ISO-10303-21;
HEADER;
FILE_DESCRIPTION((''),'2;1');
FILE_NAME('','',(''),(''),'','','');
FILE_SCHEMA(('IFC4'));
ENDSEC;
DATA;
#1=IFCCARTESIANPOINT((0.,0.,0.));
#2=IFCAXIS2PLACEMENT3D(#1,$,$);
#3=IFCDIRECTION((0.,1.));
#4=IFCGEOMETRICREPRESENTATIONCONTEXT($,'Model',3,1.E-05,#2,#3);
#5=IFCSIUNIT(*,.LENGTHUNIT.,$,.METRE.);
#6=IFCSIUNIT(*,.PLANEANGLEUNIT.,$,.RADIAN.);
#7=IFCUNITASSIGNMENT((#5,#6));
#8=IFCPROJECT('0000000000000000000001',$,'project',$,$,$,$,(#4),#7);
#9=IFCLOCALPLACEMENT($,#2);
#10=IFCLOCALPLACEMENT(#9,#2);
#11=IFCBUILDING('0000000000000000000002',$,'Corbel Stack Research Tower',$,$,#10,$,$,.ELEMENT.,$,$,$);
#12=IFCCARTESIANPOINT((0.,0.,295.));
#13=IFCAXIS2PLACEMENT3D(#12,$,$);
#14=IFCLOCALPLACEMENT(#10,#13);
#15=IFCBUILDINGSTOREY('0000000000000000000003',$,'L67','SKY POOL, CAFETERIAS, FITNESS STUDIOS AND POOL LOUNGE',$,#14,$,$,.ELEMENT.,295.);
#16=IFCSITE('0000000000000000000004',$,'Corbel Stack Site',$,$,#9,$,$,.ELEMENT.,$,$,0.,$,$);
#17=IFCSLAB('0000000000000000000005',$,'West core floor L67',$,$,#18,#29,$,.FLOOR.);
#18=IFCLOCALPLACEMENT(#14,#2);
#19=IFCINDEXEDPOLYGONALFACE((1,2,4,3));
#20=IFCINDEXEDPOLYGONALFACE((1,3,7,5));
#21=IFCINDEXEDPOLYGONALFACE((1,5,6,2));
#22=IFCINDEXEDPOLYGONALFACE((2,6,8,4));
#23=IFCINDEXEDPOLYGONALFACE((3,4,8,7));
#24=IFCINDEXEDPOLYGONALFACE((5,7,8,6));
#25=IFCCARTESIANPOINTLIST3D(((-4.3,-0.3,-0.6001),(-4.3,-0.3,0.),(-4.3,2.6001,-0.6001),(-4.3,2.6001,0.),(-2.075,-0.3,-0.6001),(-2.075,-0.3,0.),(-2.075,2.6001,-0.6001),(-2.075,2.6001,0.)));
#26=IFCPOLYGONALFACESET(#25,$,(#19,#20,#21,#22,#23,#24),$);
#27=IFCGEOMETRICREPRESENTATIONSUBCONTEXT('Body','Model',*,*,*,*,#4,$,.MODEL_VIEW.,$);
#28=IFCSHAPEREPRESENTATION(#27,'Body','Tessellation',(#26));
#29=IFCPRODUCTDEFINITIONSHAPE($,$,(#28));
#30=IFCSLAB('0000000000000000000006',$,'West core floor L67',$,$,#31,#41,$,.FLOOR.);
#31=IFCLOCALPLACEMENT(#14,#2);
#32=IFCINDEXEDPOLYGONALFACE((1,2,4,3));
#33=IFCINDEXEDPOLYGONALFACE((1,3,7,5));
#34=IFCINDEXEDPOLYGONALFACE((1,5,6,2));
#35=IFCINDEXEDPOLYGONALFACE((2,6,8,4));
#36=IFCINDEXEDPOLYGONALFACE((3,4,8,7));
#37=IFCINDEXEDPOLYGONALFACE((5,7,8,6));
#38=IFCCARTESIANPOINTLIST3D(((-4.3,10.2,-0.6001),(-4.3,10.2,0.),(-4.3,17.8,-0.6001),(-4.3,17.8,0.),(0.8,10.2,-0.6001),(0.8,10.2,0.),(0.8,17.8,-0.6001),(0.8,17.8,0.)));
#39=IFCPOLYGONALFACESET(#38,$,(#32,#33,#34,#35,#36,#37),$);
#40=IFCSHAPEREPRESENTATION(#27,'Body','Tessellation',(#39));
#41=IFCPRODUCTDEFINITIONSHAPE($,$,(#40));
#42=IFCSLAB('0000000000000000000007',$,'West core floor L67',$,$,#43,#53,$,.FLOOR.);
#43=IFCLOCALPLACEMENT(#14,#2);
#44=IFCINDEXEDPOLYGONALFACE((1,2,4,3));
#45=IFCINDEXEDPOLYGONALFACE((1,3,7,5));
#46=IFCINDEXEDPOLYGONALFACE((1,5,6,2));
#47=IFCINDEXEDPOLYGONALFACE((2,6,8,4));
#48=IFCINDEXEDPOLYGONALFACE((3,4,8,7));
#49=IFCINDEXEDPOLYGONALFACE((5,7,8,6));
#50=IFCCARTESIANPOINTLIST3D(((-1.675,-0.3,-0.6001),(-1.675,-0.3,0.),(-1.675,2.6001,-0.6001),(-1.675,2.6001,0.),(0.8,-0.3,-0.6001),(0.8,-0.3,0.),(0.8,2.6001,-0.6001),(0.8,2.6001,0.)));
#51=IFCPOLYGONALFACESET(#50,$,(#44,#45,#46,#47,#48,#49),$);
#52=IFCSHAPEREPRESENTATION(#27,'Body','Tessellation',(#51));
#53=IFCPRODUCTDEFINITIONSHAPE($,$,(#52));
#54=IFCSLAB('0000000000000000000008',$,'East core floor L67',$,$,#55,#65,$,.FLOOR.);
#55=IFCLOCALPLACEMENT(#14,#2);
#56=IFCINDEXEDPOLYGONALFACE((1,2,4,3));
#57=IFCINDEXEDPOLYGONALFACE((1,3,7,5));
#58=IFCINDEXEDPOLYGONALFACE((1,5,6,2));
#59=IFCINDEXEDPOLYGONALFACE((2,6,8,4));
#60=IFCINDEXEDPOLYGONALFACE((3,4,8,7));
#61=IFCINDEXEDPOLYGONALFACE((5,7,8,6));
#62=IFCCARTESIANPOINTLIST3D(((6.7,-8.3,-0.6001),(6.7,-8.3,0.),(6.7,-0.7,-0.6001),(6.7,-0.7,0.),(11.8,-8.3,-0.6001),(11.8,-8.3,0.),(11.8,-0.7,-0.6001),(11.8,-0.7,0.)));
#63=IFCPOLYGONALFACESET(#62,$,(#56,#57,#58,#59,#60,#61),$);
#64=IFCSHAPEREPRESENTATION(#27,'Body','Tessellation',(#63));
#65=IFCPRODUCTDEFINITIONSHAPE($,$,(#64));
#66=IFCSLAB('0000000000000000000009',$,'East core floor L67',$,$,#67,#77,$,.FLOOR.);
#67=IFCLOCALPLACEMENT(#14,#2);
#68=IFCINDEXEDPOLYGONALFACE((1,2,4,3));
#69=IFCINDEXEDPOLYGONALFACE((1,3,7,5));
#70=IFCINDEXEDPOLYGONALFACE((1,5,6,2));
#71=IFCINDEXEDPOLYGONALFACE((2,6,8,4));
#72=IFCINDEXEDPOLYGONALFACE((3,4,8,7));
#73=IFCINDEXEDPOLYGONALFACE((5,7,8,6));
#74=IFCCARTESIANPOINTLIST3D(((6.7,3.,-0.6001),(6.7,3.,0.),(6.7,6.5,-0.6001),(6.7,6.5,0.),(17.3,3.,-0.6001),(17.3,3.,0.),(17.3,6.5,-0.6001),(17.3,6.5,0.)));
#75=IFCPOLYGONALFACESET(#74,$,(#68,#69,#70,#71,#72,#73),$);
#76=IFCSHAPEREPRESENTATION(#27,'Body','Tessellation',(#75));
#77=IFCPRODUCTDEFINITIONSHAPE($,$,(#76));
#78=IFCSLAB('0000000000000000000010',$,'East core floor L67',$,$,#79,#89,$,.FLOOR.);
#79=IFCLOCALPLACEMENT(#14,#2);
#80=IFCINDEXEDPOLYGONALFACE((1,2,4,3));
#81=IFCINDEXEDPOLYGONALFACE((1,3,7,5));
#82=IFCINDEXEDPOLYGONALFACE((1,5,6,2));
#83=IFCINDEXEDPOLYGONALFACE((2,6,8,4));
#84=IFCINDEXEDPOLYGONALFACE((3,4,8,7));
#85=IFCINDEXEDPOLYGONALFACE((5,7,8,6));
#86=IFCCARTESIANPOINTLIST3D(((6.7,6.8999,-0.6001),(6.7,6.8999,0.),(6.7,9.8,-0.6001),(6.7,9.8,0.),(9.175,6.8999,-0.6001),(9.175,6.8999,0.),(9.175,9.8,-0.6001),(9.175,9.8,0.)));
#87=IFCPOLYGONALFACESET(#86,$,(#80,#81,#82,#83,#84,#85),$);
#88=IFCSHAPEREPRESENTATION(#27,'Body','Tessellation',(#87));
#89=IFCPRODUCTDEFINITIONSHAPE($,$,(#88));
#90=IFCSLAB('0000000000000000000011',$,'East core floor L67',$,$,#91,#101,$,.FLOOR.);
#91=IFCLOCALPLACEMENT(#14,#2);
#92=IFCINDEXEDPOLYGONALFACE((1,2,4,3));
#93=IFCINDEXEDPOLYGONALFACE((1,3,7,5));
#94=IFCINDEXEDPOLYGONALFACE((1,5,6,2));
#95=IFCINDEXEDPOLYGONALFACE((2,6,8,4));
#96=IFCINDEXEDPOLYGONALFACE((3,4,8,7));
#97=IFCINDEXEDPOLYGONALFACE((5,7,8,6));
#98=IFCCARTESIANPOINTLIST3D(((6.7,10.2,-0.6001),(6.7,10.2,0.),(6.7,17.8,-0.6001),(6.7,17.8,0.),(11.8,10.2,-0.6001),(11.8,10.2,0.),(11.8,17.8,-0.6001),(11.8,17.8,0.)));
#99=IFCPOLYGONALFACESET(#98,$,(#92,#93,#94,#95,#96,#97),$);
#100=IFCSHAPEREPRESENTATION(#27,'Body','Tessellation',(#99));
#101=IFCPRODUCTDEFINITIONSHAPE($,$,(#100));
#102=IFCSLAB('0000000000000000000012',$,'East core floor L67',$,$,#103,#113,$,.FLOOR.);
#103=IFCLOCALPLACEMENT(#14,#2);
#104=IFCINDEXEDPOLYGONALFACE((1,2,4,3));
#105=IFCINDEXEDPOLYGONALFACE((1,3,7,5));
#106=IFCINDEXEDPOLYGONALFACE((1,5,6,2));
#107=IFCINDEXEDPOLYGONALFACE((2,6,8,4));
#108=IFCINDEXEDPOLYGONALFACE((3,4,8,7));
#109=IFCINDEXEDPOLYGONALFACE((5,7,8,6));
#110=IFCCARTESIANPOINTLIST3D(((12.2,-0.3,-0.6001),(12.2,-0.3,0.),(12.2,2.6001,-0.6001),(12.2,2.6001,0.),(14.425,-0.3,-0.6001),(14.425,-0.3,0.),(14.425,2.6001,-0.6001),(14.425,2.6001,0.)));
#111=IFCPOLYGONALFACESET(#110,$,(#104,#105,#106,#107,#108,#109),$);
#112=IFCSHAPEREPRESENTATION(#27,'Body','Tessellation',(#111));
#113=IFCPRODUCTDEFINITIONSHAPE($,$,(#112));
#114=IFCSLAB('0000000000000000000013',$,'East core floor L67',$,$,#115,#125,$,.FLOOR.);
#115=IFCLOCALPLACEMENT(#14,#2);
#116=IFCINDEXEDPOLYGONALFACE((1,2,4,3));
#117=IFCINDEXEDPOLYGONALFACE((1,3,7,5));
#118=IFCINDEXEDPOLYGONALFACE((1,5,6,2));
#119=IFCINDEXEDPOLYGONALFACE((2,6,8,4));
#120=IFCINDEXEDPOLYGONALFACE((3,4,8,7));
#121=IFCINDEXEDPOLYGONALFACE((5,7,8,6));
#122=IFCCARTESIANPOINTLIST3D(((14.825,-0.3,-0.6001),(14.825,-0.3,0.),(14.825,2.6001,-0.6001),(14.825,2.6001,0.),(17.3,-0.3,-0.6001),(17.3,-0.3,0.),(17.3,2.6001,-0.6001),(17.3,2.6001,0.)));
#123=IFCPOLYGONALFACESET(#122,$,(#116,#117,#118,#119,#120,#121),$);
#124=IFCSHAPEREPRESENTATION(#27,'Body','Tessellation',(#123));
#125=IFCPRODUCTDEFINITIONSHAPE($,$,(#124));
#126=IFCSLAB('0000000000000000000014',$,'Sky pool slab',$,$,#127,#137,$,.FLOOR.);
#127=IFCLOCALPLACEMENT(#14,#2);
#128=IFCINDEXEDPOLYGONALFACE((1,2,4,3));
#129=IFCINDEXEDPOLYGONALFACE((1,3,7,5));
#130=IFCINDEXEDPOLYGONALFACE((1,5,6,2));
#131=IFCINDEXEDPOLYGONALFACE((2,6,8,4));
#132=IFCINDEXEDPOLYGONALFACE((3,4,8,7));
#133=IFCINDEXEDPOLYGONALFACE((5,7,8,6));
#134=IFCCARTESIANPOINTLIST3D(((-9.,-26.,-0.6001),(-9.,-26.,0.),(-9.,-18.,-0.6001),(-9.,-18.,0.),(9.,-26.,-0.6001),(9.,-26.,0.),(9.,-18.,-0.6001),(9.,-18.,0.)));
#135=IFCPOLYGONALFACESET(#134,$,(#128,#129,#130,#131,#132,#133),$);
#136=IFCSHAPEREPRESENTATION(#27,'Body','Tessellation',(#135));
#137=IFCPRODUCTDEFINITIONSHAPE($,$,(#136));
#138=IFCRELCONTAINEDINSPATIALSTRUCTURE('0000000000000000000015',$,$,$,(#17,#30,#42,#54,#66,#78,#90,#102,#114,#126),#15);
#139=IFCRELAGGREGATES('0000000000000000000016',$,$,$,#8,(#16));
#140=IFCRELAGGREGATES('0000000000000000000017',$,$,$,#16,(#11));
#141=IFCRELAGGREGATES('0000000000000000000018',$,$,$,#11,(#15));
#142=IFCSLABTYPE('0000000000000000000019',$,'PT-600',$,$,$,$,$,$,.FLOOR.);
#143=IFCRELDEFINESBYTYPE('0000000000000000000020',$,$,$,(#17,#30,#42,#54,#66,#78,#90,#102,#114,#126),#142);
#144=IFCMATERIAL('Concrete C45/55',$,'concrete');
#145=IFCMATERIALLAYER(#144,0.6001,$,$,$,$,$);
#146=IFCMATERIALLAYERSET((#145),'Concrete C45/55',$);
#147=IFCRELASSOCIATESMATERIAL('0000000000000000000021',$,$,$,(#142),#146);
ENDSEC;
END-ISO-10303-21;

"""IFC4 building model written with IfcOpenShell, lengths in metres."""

from ifc_helpers import new_model, si_unit, direction, frame, origin, place, context, subcontext, project, spatial, polyline, outline, extrude, material, layer, layer_set, type_object, element, save


model = new_model("IFC4")

# Units and contexts
model_context = context("Model", 3, precision=1e-05, world=origin(), true_north=direction((0.0, 1.0)))
body_context = subcontext(model_context, "Body", "Model", "MODEL_VIEW")
ifc_project = project(units=[si_unit("LENGTHUNIT", "METRE"), si_unit("PLANEANGLEUNIT", "RADIAN")], contexts=[model_context])

# Site, building, storey
site_placement = place(None, origin())
site = spatial("IfcSite", under=ifc_project, at=site_placement, Name="Corbel Stack Site", CompositionType="ELEMENT", RefElevation=0.0)
building_placement = place(site_placement, origin())
building = spatial("IfcBuilding", under=site, at=building_placement, Name="Corbel Stack Research Tower", CompositionType="ELEMENT")
storey_placement = place(building_placement, frame((0.0, 0.0, 295.0)))
storey = spatial("IfcBuildingStorey", under=building, at=storey_placement, Name="L67", Description="SKY POOL, CAFETERIAS, FITNESS STUDIOS AND POOL LOUNGE", CompositionType="ELEMENT", Elevation=295.0)

# Slabs
ifc_material_1 = material(Name="Concrete C45/55", Category="concrete")
ifc_layer_1 = layer(ifc_material_1, 0.6001)
ifc_layer_set_1 = layer_set([ifc_layer_1], Name="Concrete C45/55")
slab_type_1 = type_object("IfcSlabType", Name="PT-600", PredefinedType="FLOOR", material=ifc_layer_set_1)
slab_1_placement = place(storey_placement, frame((0.0, 0.0, -0.6001)))
element("IfcSlab", 1, at=slab_1_placement, inside=storey, type_object=slab_type_1, Name="West core floor L67", PredefinedType="FLOOR", context=body_context, shape_type="SweptSolid", body=[
    extrude(outline(polyline([(-4.3, 2.6001), (-4.3, -0.3), (-2.075, -0.3), (-2.075, 2.6001), (-4.3, 2.6001)])), origin(), (0.0, 0.0, 1.0), 0.6001),
])
slab_2_placement = place(storey_placement, frame((0.0, 0.0, -0.6001)))
element("IfcSlab", 2, at=slab_2_placement, inside=storey, type_object=slab_type_1, Name="West core floor L67", PredefinedType="FLOOR", context=body_context, shape_type="SweptSolid", body=[
    extrude(outline(polyline([(-4.3, 17.8), (-4.3, 10.2), (0.8, 10.2), (0.8, 17.8), (-4.3, 17.8)])), origin(), (0.0, 0.0, 1.0), 0.6001),
])
slab_3_placement = place(storey_placement, frame((0.0, 0.0, -0.6001)))
element("IfcSlab", 3, at=slab_3_placement, inside=storey, type_object=slab_type_1, Name="West core floor L67", PredefinedType="FLOOR", context=body_context, shape_type="SweptSolid", body=[
    extrude(outline(polyline([(-1.675, 2.6001), (-1.675, -0.3), (0.8, -0.3), (0.8, 2.6001), (-1.675, 2.6001)])), origin(), (0.0, 0.0, 1.0), 0.6001),
])
slab_4_placement = place(storey_placement, frame((0.0, 0.0, -0.6001)))
element("IfcSlab", 4, at=slab_4_placement, inside=storey, type_object=slab_type_1, Name="East core floor L67", PredefinedType="FLOOR", context=body_context, shape_type="SweptSolid", body=[
    extrude(outline(polyline([(6.7, -8.3), (11.8, -8.3), (11.8, -0.7), (6.7, -0.7), (6.7, -8.3)])), origin(), (0.0, 0.0, 1.0), 0.6001),
])
slab_5_placement = place(storey_placement, frame((0.0, 0.0, -0.6001)))
element("IfcSlab", 5, at=slab_5_placement, inside=storey, type_object=slab_type_1, Name="East core floor L67", PredefinedType="FLOOR", context=body_context, shape_type="SweptSolid", body=[
    extrude(outline(polyline([(6.7, 3.0), (17.3, 3.0), (17.3, 6.5), (6.7, 6.5), (6.7, 3.0)])), origin(), (0.0, 0.0, 1.0), 0.6001),
])
slab_6_placement = place(storey_placement, frame((0.0, 0.0, -0.6001)))
element("IfcSlab", 6, at=slab_6_placement, inside=storey, type_object=slab_type_1, Name="East core floor L67", PredefinedType="FLOOR", context=body_context, shape_type="SweptSolid", body=[
    extrude(outline(polyline([(6.7, 6.8999), (9.175, 6.8999), (9.175, 9.8), (6.7, 9.8), (6.7, 6.8999)])), origin(), (0.0, 0.0, 1.0), 0.6001),
])
slab_7_placement = place(storey_placement, frame((0.0, 0.0, -0.6001)))
element("IfcSlab", 7, at=slab_7_placement, inside=storey, type_object=slab_type_1, Name="East core floor L67", PredefinedType="FLOOR", context=body_context, shape_type="SweptSolid", body=[
    extrude(outline(polyline([(6.7, 10.2), (11.8, 10.2), (11.8, 17.8), (6.7, 17.8), (6.7, 10.2)])), origin(), (0.0, 0.0, 1.0), 0.6001),
])
slab_8_placement = place(storey_placement, frame((0.0, 0.0, -0.6001)))
element("IfcSlab", 8, at=slab_8_placement, inside=storey, type_object=slab_type_1, Name="East core floor L67", PredefinedType="FLOOR", context=body_context, shape_type="SweptSolid", body=[
    extrude(outline(polyline([(12.2, 2.6001), (12.2, -0.3), (14.425, -0.3), (14.425, 2.6001), (12.2, 2.6001)])), origin(), (0.0, 0.0, 1.0), 0.6001),
])
slab_9_placement = place(storey_placement, frame((0.0, 0.0, -0.6001)))
element("IfcSlab", 9, at=slab_9_placement, inside=storey, type_object=slab_type_1, Name="East core floor L67", PredefinedType="FLOOR", context=body_context, shape_type="SweptSolid", body=[
    extrude(outline(polyline([(14.825, 2.6001), (14.825, -0.3), (17.3, -0.3), (17.3, 2.6001), (14.825, 2.6001)])), origin(), (0.0, 0.0, 1.0), 0.6001),
])
slab_10_placement = place(storey_placement, frame((0.0, 0.0, -0.6001)))
element("IfcSlab", 10, at=slab_10_placement, inside=storey, type_object=slab_type_1, Name="Sky pool slab", PredefinedType="FLOOR", context=body_context, shape_type="SweptSolid", body=[
    extrude(outline(polyline([(-9.0, -26.0), (9.0, -26.0), (9.0, -18.0), (-9.0, -18.0), (-9.0, -26.0)])), origin(), (0.0, 0.0, 1.0), 0.6001),
])

save(model, "model.ifc")
